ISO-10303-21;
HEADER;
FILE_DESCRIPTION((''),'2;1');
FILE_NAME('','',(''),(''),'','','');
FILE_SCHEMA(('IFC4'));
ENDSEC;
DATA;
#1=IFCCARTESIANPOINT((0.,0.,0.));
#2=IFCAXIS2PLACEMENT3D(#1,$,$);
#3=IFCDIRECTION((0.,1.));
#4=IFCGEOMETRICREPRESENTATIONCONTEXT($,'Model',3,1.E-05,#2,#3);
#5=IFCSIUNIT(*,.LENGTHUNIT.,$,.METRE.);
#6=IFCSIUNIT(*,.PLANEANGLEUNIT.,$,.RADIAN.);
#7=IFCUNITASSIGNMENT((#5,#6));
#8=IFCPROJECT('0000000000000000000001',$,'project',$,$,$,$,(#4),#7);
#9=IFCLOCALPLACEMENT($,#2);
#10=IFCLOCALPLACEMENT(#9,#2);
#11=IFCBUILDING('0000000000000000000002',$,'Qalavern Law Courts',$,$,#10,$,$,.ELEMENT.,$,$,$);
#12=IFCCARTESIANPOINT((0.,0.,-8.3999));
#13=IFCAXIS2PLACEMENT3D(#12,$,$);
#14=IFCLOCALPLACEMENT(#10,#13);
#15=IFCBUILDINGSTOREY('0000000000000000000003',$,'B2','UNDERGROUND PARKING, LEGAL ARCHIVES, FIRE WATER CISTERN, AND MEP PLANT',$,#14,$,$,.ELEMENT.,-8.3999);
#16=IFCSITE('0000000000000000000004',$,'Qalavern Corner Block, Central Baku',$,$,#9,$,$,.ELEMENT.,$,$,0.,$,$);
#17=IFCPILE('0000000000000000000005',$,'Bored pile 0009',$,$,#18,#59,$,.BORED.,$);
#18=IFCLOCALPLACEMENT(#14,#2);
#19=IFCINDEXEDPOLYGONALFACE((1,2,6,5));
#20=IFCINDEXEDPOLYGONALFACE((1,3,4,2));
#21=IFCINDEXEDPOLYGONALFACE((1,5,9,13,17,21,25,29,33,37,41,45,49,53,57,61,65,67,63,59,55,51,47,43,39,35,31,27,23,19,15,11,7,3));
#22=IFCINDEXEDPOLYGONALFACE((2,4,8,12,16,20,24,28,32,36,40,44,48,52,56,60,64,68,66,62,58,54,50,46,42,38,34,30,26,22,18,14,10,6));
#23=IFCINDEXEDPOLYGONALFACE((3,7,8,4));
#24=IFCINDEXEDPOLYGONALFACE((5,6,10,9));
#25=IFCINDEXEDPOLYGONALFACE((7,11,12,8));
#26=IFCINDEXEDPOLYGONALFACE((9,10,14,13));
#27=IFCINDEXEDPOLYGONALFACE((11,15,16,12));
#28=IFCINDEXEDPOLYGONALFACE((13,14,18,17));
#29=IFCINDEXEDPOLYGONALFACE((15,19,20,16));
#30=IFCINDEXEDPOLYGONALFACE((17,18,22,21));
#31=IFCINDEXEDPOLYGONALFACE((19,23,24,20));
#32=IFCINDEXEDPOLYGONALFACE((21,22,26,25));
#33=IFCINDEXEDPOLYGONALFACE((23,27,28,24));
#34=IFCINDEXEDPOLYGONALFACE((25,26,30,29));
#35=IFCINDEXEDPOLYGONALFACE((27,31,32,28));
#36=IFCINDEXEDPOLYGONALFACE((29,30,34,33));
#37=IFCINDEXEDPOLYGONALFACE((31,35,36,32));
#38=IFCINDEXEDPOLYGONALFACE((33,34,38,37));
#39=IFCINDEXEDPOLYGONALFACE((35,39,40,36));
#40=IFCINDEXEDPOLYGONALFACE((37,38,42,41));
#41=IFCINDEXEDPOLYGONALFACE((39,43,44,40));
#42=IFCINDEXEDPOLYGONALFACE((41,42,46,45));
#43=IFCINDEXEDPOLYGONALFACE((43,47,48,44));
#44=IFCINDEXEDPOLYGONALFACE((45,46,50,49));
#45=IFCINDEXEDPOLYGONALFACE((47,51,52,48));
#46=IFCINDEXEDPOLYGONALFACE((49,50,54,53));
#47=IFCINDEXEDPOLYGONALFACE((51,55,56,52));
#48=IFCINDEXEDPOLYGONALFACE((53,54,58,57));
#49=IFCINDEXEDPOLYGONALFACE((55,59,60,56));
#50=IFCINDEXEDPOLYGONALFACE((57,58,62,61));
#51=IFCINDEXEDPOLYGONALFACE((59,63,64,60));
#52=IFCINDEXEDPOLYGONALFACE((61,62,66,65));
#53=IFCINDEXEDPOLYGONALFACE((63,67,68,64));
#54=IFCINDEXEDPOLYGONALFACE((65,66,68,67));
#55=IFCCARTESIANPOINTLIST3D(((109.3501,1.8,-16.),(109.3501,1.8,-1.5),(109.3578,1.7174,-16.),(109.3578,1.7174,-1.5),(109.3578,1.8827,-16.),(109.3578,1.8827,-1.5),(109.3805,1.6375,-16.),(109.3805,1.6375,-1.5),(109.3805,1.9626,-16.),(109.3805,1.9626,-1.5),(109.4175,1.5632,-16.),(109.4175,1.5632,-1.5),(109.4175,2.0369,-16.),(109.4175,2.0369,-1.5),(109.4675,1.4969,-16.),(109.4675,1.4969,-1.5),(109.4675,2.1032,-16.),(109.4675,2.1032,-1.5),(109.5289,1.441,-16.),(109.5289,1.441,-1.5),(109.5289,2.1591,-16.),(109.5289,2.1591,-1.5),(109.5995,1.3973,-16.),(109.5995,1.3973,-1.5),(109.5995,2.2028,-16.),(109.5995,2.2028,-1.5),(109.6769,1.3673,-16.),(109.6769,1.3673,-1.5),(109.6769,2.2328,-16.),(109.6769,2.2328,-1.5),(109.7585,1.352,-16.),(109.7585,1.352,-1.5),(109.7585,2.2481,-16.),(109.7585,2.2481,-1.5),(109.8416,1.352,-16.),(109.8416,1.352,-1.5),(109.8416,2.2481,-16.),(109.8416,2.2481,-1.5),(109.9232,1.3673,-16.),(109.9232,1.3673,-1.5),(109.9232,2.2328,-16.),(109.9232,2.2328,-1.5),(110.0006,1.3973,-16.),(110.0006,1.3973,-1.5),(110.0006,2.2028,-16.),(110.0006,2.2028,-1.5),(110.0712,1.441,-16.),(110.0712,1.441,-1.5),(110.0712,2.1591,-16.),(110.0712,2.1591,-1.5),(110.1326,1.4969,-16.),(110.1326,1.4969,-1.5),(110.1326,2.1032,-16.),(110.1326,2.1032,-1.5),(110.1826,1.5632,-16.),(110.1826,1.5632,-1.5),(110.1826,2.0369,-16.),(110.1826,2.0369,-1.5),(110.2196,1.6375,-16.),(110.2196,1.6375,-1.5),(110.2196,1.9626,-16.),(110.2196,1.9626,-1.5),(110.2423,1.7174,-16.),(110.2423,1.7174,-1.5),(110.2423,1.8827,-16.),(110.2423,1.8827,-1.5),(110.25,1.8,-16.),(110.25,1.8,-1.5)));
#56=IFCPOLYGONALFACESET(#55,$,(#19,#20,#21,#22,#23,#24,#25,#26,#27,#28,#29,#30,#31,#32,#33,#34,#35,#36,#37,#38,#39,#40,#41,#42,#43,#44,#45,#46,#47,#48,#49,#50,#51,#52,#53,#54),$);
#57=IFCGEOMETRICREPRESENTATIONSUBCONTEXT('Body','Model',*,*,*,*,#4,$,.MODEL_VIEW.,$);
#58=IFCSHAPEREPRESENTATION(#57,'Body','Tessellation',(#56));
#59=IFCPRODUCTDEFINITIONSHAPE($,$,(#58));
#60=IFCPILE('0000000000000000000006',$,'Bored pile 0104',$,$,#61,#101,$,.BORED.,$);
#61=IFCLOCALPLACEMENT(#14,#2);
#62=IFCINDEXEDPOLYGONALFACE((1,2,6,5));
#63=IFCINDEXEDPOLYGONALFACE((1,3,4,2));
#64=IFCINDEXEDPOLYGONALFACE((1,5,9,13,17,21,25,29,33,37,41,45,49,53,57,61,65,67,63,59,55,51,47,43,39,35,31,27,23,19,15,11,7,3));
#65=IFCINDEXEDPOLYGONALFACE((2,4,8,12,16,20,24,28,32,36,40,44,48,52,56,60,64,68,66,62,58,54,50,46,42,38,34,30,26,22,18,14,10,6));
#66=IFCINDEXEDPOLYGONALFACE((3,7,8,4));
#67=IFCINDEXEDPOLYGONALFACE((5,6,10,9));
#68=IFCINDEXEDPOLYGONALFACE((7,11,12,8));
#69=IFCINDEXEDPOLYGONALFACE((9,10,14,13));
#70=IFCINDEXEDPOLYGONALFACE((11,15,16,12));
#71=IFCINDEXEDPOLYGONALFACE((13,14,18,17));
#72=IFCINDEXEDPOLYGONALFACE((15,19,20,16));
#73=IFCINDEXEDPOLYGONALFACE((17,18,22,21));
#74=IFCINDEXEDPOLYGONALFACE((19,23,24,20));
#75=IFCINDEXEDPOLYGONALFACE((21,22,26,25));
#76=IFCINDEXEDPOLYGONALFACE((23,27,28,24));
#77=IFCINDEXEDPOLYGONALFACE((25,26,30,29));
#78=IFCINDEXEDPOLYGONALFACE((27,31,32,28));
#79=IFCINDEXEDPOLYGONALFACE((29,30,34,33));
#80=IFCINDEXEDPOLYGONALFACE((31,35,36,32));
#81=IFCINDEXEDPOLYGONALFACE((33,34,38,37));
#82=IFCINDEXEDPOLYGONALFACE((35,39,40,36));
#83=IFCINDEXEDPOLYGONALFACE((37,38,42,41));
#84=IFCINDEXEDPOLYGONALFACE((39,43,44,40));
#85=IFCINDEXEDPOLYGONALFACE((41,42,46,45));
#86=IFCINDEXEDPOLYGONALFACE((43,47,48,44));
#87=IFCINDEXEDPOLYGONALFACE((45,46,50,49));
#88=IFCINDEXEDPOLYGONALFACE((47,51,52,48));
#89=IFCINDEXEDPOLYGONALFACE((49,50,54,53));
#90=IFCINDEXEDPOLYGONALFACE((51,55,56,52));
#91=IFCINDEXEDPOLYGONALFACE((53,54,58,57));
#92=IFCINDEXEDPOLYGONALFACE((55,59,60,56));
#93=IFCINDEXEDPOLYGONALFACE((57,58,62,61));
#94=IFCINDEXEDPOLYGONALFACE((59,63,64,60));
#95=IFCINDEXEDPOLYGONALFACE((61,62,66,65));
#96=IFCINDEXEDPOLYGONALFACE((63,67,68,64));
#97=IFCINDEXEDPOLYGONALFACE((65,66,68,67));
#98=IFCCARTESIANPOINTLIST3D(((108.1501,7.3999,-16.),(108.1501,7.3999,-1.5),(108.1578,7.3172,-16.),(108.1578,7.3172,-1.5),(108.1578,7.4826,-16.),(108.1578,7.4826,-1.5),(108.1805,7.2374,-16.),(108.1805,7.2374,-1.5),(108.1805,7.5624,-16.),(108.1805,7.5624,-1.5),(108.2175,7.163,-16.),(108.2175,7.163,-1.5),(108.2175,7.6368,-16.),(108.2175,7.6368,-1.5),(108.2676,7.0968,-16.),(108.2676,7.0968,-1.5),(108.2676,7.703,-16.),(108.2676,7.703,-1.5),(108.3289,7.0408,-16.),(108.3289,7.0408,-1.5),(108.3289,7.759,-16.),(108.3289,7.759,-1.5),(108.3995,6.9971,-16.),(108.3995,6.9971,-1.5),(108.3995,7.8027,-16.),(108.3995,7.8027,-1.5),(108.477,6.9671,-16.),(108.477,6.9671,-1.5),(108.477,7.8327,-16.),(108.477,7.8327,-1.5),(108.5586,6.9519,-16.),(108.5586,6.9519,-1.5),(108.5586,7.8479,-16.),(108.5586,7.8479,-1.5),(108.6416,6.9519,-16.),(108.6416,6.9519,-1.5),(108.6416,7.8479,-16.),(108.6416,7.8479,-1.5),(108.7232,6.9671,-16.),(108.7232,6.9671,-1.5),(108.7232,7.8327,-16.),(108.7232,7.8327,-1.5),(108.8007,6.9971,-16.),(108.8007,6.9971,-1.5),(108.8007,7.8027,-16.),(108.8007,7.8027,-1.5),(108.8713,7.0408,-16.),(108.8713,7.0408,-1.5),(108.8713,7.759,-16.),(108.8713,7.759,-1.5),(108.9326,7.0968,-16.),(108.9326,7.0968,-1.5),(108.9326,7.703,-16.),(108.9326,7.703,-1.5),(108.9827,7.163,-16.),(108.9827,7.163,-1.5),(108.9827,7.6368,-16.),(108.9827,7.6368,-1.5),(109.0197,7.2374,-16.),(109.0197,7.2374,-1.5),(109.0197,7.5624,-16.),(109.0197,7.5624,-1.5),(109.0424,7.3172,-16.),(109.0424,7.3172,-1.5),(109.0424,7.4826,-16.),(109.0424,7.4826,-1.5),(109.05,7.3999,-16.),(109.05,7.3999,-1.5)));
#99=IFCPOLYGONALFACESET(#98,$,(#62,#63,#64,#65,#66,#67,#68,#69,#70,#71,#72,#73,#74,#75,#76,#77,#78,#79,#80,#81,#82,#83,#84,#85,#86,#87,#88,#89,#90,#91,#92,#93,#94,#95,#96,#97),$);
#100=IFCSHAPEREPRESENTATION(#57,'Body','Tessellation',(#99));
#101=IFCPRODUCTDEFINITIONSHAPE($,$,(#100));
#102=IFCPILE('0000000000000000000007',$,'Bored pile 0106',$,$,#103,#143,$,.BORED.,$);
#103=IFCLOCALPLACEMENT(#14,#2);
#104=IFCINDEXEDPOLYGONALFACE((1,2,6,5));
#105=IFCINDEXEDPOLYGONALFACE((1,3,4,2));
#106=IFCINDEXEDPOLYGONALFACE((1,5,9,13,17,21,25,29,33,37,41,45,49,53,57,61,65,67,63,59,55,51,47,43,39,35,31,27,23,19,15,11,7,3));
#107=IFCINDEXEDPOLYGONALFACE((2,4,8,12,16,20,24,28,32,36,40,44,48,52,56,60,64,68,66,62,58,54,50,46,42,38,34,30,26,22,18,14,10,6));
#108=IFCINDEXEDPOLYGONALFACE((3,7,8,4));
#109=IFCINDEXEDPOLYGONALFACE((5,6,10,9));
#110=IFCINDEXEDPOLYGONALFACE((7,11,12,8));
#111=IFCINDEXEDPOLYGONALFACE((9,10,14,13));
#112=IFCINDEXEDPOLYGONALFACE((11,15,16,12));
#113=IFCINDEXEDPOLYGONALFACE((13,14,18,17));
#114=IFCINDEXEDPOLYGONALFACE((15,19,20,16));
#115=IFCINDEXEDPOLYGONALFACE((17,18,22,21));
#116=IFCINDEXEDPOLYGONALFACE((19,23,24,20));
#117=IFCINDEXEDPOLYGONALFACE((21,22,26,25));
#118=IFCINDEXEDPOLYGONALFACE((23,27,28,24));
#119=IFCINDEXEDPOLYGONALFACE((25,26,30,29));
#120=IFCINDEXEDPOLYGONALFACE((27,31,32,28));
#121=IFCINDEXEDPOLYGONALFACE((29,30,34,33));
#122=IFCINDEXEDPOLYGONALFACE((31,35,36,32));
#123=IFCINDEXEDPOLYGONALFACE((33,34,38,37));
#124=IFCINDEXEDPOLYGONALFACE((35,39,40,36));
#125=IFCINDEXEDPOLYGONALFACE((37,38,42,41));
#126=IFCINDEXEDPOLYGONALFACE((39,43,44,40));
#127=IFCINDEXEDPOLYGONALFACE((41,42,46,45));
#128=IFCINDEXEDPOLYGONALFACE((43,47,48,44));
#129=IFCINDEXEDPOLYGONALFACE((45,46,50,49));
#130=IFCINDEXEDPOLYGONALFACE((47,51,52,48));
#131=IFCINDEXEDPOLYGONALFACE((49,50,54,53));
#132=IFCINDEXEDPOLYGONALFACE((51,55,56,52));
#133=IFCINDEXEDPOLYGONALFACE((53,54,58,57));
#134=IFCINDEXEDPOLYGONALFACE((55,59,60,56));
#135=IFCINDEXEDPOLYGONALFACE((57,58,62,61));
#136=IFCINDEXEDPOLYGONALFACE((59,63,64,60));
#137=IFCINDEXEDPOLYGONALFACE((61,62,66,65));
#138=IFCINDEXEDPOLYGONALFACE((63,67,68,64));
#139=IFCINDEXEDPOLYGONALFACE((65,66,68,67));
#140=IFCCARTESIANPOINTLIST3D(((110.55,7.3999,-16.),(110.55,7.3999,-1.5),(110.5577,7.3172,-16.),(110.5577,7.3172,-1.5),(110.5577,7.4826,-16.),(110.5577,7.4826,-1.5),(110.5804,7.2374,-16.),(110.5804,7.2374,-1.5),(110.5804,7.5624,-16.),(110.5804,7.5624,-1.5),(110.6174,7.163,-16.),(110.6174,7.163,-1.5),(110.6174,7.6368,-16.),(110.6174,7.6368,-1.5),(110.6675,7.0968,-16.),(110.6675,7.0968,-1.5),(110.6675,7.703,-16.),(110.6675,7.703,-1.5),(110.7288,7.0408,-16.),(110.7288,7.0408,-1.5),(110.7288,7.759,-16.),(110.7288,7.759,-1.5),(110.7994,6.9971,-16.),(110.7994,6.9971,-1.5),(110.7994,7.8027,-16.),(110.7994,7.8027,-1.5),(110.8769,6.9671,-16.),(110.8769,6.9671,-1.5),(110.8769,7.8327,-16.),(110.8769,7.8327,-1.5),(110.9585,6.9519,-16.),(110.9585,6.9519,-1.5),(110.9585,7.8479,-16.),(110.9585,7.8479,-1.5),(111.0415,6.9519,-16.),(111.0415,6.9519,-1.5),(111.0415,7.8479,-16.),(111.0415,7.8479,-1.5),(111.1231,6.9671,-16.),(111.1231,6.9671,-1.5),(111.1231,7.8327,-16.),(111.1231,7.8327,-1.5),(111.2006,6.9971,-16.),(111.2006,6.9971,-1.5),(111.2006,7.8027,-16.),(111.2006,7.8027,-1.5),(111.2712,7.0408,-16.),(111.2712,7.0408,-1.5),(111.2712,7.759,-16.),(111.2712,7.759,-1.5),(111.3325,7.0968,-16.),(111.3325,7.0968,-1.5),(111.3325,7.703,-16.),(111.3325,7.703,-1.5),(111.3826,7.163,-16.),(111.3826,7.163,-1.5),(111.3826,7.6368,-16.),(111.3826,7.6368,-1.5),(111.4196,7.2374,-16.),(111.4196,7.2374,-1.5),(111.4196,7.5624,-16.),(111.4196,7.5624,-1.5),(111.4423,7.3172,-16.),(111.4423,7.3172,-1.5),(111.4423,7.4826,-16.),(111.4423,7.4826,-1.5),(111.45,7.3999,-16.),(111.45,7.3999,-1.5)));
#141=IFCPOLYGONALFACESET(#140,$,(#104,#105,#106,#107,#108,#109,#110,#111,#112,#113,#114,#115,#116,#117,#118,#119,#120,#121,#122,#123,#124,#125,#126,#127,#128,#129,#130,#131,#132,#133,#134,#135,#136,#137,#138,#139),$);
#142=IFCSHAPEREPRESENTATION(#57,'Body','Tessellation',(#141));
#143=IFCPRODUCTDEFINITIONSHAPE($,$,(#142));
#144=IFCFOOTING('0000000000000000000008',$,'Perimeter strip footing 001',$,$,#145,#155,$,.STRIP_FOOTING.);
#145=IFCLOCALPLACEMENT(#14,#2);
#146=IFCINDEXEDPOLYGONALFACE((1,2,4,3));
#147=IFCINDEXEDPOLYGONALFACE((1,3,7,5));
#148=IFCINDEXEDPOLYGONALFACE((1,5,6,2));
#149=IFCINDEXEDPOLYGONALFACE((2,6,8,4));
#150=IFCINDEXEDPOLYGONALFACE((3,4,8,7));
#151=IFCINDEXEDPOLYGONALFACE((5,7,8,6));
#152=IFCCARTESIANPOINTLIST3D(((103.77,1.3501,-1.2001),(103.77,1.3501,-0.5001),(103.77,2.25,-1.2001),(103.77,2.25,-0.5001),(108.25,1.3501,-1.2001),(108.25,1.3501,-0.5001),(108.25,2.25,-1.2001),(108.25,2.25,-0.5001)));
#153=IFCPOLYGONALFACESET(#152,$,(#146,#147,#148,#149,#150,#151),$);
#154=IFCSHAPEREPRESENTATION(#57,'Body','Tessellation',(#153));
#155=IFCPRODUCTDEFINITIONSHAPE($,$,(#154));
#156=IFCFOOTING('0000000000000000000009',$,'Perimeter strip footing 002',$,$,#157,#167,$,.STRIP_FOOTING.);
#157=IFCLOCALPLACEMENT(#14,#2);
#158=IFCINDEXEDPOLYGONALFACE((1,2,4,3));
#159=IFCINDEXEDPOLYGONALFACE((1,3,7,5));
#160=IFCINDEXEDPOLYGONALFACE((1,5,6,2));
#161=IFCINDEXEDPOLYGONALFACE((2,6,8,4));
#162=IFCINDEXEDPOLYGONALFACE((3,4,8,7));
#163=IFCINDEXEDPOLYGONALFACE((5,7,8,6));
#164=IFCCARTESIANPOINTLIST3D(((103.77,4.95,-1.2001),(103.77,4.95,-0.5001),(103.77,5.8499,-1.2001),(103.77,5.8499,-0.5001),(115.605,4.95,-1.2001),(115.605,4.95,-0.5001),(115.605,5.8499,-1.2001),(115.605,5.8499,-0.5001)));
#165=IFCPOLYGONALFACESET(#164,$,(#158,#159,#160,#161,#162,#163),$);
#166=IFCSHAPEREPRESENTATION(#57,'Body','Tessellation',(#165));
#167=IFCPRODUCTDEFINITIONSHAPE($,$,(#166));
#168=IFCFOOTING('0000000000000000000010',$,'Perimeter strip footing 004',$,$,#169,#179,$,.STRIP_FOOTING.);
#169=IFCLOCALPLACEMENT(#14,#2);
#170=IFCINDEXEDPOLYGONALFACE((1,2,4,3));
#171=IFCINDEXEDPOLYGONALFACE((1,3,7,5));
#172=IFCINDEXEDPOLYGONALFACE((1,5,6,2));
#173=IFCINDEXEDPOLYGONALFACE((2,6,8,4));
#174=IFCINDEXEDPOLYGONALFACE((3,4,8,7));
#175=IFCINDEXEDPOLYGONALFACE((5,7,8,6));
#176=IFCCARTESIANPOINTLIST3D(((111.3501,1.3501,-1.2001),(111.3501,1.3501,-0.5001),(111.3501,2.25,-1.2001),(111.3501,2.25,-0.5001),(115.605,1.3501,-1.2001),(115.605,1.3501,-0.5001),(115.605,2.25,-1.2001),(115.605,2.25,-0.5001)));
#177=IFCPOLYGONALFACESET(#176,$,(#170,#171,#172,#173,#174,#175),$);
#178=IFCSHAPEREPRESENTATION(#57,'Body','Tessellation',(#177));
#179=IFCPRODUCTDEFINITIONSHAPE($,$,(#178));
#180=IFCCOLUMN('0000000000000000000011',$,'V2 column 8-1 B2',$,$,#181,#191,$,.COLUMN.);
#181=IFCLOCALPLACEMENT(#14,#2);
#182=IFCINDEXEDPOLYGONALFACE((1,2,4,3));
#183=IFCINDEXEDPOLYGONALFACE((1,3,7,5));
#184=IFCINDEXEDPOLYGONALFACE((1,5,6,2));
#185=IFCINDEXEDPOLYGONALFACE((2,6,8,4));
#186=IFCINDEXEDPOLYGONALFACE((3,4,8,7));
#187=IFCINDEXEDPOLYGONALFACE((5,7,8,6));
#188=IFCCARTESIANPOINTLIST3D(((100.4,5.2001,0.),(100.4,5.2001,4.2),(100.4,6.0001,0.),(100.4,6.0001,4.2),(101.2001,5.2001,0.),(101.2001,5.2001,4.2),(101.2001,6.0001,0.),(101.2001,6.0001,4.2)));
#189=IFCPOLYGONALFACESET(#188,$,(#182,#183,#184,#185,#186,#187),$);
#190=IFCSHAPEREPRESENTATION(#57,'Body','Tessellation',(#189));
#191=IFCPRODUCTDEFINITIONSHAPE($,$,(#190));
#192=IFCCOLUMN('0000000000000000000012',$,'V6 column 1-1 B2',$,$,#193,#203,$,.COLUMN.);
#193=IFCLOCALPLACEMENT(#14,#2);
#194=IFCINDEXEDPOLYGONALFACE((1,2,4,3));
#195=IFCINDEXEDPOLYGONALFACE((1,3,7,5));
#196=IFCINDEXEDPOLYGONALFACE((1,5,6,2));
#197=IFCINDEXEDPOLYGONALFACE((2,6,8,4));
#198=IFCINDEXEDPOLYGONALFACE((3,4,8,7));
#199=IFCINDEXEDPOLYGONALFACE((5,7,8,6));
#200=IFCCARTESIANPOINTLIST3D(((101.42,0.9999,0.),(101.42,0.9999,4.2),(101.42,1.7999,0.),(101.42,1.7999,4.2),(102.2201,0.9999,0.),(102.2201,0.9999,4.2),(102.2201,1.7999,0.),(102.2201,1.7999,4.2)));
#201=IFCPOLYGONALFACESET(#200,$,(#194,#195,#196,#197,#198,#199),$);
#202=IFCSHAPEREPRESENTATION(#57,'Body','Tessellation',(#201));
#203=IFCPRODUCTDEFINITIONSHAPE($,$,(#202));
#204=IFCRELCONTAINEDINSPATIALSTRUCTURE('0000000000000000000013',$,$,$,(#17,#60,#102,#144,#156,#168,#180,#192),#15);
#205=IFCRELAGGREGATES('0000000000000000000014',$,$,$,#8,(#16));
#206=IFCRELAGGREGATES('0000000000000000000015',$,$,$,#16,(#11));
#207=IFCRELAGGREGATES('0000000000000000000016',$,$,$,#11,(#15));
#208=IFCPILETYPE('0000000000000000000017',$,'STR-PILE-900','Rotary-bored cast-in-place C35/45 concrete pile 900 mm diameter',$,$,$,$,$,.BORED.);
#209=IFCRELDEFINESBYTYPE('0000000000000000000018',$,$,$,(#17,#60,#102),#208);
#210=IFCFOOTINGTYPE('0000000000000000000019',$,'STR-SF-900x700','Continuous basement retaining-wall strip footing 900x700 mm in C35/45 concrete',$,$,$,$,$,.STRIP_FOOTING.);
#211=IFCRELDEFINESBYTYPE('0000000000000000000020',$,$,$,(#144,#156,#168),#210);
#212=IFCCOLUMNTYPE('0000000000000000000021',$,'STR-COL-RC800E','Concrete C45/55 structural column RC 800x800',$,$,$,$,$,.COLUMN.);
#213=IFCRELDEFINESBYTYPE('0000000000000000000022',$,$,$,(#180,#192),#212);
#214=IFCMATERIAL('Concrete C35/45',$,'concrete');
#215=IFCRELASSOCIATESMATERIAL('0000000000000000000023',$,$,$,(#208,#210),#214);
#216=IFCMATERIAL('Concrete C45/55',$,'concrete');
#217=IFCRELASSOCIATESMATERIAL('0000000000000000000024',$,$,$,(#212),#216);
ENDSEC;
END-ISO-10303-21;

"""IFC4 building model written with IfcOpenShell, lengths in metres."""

from ifc_helpers import new_model, si_unit, direction, frame, origin, origin_2d, place, context, subcontext, project, spatial, rectangle, circle, extrude, material, material_profile, profile_set, type_object, element, save


model = new_model("IFC4")

# Units and contexts
model_context = context("Model", 3, precision=1e-05, world=origin(), true_north=direction((0.0, 1.0)))
body_context = subcontext(model_context, "Body", "Model", "MODEL_VIEW")
ifc_project = project(units=[si_unit("LENGTHUNIT", "METRE"), si_unit("PLANEANGLEUNIT", "RADIAN")], contexts=[model_context])

# Site, building, storey
site_placement = place(None, origin())
site = spatial("IfcSite", under=ifc_project, at=site_placement, Name="Qalavern Corner Block, Central Baku", CompositionType="ELEMENT", RefElevation=0.0)
building_placement = place(site_placement, origin())
building = spatial("IfcBuilding", under=site, at=building_placement, Name="Qalavern Law Courts", CompositionType="ELEMENT")
storey_placement = place(building_placement, frame((0.0, 0.0, -8.3999)))
storey = spatial("IfcBuildingStorey", under=building, at=storey_placement, Name="B2", Description="UNDERGROUND PARKING, LEGAL ARCHIVES, FIRE WATER CISTERN, AND MEP PLANT", CompositionType="ELEMENT", Elevation=-8.3999)

# Shared definitions
ifc_material_1 = material(Name="Concrete C35/45", Category="concrete")

# Piles
ifc_material_profile_1 = material_profile(ifc_material_1, circle(Radius=0.45, at=origin_2d()), Name="BORED PILE 900")
ifc_profile_set_1 = profile_set([ifc_material_profile_1], Name="Concrete C35/45")
pile_type_1 = type_object("IfcPileType", Name="STR-PILE-900", Description="Rotary-bored cast-in-place C35/45 concrete pile 900 mm diameter", PredefinedType="BORED", material=ifc_profile_set_1)
for number, where, z_axis, x_axis, name in (
    (1, (109.8, 1.8, -1.5), (0.0, 0.0, -1.0), (1.0, 0.0, 0.0), "Bored pile 0009"),
    (2, (108.6001, 7.3999, -1.5), (0.0, 0.0, -1.0), (1.0, 0.0, 0.0), "Bored pile 0104"),
    (3, (111.0, 7.3999, -1.5), (0.0, 0.0, -1.0), (1.0, 0.0, 0.0), "Bored pile 0106"),
):
    element("IfcPile", number, at=place(storey_placement, frame(where, z_axis=z_axis, x_axis=x_axis)), inside=storey, type_object=pile_type_1, Name=name, PredefinedType="BORED", context=body_context, shape_type="SweptSolid", body=[
        extrude(circle(Radius=0.45, at=origin_2d()), origin(), (0.0, 0.0, 1.0), 14.5),
    ])

# Footings
ifc_material_profile_2 = material_profile(ifc_material_1, rectangle(XDim=0.8999, YDim=0.7, at=origin_2d()), Name="RC 900x700")
ifc_profile_set_2 = profile_set([ifc_material_profile_2], Name="Concrete C35/45")
footing_type_1 = type_object("IfcFootingType", Name="STR-SF-900x700", Description="Continuous basement retaining-wall strip footing 900x700 mm in C35/45 concrete", PredefinedType="STRIP_FOOTING", material=ifc_profile_set_2)
footing_1_placement = place(storey_placement, frame((103.77, 1.8, -0.8501), z_axis=(1.0, 0.0, 0.0), x_axis=(0.0, 1.0, 0.0)))
element("IfcFooting", 4, at=footing_1_placement, inside=storey, type_object=footing_type_1, Name="Perimeter strip footing 001", PredefinedType="STRIP_FOOTING", context=body_context, shape_type="SweptSolid", body=[
    extrude(rectangle(XDim=0.8999, YDim=0.7, at=origin_2d()), origin(), (0.0, 0.0, 1.0), 4.48),
])
footing_2_placement = place(storey_placement, frame((103.77, 5.3999, -0.8501), z_axis=(1.0, 0.0, 0.0), x_axis=(0.0, 1.0, 0.0)))
element("IfcFooting", 5, at=footing_2_placement, inside=storey, type_object=footing_type_1, Name="Perimeter strip footing 002", PredefinedType="STRIP_FOOTING", context=body_context, shape_type="SweptSolid", body=[
    extrude(rectangle(XDim=0.8999, YDim=0.7, at=origin_2d()), origin(), (0.0, 0.0, 1.0), 11.835),
])
footing_3_placement = place(storey_placement, frame((111.3501, 1.8, -0.8501), z_axis=(1.0, 0.0, 0.0), x_axis=(0.0, 1.0, 0.0)))
element("IfcFooting", 6, at=footing_3_placement, inside=storey, type_object=footing_type_1, Name="Perimeter strip footing 004", PredefinedType="STRIP_FOOTING", context=body_context, shape_type="SweptSolid", body=[
    extrude(rectangle(XDim=0.8999, YDim=0.7, at=origin_2d()), origin(), (0.0, 0.0, 1.0), 4.2549),
])

# Columns
ifc_material_2 = material(Name="Concrete C45/55", Category="concrete")
ifc_material_profile_3 = material_profile(ifc_material_2, rectangle(XDim=0.8, YDim=0.8, at=origin_2d()), Name="RC 800x800")
ifc_profile_set_3 = profile_set([ifc_material_profile_3], Name="Concrete C45/55")
column_type_1 = type_object("IfcColumnType", Name="STR-COL-RC800E", Description="Concrete C45/55 structural column RC 800x800", PredefinedType="COLUMN", material=ifc_profile_set_3)
for number, where, z_axis, x_axis, name in (
    (7, (100.8, 5.6001, 0.0), (0.0, 0.0, 1.0), (1.0, 0.0, 0.0), "V2 column 8-1 B2"),
    (8, (101.8201, 1.3999, 0.0), (0.0, 0.0, 1.0), (1.0, 0.0, 0.0), "V6 column 1-1 B2"),
):
    element("IfcColumn", number, at=place(storey_placement, frame(where, z_axis=z_axis, x_axis=x_axis)), inside=storey, type_object=column_type_1, Name=name, PredefinedType="COLUMN", context=body_context, shape_type="SweptSolid", body=[
        extrude(rectangle(XDim=0.8, YDim=0.8, at=origin_2d()), origin(), (0.0, 0.0, 1.0), 4.2),
    ])

save(model, "model.ifc")
